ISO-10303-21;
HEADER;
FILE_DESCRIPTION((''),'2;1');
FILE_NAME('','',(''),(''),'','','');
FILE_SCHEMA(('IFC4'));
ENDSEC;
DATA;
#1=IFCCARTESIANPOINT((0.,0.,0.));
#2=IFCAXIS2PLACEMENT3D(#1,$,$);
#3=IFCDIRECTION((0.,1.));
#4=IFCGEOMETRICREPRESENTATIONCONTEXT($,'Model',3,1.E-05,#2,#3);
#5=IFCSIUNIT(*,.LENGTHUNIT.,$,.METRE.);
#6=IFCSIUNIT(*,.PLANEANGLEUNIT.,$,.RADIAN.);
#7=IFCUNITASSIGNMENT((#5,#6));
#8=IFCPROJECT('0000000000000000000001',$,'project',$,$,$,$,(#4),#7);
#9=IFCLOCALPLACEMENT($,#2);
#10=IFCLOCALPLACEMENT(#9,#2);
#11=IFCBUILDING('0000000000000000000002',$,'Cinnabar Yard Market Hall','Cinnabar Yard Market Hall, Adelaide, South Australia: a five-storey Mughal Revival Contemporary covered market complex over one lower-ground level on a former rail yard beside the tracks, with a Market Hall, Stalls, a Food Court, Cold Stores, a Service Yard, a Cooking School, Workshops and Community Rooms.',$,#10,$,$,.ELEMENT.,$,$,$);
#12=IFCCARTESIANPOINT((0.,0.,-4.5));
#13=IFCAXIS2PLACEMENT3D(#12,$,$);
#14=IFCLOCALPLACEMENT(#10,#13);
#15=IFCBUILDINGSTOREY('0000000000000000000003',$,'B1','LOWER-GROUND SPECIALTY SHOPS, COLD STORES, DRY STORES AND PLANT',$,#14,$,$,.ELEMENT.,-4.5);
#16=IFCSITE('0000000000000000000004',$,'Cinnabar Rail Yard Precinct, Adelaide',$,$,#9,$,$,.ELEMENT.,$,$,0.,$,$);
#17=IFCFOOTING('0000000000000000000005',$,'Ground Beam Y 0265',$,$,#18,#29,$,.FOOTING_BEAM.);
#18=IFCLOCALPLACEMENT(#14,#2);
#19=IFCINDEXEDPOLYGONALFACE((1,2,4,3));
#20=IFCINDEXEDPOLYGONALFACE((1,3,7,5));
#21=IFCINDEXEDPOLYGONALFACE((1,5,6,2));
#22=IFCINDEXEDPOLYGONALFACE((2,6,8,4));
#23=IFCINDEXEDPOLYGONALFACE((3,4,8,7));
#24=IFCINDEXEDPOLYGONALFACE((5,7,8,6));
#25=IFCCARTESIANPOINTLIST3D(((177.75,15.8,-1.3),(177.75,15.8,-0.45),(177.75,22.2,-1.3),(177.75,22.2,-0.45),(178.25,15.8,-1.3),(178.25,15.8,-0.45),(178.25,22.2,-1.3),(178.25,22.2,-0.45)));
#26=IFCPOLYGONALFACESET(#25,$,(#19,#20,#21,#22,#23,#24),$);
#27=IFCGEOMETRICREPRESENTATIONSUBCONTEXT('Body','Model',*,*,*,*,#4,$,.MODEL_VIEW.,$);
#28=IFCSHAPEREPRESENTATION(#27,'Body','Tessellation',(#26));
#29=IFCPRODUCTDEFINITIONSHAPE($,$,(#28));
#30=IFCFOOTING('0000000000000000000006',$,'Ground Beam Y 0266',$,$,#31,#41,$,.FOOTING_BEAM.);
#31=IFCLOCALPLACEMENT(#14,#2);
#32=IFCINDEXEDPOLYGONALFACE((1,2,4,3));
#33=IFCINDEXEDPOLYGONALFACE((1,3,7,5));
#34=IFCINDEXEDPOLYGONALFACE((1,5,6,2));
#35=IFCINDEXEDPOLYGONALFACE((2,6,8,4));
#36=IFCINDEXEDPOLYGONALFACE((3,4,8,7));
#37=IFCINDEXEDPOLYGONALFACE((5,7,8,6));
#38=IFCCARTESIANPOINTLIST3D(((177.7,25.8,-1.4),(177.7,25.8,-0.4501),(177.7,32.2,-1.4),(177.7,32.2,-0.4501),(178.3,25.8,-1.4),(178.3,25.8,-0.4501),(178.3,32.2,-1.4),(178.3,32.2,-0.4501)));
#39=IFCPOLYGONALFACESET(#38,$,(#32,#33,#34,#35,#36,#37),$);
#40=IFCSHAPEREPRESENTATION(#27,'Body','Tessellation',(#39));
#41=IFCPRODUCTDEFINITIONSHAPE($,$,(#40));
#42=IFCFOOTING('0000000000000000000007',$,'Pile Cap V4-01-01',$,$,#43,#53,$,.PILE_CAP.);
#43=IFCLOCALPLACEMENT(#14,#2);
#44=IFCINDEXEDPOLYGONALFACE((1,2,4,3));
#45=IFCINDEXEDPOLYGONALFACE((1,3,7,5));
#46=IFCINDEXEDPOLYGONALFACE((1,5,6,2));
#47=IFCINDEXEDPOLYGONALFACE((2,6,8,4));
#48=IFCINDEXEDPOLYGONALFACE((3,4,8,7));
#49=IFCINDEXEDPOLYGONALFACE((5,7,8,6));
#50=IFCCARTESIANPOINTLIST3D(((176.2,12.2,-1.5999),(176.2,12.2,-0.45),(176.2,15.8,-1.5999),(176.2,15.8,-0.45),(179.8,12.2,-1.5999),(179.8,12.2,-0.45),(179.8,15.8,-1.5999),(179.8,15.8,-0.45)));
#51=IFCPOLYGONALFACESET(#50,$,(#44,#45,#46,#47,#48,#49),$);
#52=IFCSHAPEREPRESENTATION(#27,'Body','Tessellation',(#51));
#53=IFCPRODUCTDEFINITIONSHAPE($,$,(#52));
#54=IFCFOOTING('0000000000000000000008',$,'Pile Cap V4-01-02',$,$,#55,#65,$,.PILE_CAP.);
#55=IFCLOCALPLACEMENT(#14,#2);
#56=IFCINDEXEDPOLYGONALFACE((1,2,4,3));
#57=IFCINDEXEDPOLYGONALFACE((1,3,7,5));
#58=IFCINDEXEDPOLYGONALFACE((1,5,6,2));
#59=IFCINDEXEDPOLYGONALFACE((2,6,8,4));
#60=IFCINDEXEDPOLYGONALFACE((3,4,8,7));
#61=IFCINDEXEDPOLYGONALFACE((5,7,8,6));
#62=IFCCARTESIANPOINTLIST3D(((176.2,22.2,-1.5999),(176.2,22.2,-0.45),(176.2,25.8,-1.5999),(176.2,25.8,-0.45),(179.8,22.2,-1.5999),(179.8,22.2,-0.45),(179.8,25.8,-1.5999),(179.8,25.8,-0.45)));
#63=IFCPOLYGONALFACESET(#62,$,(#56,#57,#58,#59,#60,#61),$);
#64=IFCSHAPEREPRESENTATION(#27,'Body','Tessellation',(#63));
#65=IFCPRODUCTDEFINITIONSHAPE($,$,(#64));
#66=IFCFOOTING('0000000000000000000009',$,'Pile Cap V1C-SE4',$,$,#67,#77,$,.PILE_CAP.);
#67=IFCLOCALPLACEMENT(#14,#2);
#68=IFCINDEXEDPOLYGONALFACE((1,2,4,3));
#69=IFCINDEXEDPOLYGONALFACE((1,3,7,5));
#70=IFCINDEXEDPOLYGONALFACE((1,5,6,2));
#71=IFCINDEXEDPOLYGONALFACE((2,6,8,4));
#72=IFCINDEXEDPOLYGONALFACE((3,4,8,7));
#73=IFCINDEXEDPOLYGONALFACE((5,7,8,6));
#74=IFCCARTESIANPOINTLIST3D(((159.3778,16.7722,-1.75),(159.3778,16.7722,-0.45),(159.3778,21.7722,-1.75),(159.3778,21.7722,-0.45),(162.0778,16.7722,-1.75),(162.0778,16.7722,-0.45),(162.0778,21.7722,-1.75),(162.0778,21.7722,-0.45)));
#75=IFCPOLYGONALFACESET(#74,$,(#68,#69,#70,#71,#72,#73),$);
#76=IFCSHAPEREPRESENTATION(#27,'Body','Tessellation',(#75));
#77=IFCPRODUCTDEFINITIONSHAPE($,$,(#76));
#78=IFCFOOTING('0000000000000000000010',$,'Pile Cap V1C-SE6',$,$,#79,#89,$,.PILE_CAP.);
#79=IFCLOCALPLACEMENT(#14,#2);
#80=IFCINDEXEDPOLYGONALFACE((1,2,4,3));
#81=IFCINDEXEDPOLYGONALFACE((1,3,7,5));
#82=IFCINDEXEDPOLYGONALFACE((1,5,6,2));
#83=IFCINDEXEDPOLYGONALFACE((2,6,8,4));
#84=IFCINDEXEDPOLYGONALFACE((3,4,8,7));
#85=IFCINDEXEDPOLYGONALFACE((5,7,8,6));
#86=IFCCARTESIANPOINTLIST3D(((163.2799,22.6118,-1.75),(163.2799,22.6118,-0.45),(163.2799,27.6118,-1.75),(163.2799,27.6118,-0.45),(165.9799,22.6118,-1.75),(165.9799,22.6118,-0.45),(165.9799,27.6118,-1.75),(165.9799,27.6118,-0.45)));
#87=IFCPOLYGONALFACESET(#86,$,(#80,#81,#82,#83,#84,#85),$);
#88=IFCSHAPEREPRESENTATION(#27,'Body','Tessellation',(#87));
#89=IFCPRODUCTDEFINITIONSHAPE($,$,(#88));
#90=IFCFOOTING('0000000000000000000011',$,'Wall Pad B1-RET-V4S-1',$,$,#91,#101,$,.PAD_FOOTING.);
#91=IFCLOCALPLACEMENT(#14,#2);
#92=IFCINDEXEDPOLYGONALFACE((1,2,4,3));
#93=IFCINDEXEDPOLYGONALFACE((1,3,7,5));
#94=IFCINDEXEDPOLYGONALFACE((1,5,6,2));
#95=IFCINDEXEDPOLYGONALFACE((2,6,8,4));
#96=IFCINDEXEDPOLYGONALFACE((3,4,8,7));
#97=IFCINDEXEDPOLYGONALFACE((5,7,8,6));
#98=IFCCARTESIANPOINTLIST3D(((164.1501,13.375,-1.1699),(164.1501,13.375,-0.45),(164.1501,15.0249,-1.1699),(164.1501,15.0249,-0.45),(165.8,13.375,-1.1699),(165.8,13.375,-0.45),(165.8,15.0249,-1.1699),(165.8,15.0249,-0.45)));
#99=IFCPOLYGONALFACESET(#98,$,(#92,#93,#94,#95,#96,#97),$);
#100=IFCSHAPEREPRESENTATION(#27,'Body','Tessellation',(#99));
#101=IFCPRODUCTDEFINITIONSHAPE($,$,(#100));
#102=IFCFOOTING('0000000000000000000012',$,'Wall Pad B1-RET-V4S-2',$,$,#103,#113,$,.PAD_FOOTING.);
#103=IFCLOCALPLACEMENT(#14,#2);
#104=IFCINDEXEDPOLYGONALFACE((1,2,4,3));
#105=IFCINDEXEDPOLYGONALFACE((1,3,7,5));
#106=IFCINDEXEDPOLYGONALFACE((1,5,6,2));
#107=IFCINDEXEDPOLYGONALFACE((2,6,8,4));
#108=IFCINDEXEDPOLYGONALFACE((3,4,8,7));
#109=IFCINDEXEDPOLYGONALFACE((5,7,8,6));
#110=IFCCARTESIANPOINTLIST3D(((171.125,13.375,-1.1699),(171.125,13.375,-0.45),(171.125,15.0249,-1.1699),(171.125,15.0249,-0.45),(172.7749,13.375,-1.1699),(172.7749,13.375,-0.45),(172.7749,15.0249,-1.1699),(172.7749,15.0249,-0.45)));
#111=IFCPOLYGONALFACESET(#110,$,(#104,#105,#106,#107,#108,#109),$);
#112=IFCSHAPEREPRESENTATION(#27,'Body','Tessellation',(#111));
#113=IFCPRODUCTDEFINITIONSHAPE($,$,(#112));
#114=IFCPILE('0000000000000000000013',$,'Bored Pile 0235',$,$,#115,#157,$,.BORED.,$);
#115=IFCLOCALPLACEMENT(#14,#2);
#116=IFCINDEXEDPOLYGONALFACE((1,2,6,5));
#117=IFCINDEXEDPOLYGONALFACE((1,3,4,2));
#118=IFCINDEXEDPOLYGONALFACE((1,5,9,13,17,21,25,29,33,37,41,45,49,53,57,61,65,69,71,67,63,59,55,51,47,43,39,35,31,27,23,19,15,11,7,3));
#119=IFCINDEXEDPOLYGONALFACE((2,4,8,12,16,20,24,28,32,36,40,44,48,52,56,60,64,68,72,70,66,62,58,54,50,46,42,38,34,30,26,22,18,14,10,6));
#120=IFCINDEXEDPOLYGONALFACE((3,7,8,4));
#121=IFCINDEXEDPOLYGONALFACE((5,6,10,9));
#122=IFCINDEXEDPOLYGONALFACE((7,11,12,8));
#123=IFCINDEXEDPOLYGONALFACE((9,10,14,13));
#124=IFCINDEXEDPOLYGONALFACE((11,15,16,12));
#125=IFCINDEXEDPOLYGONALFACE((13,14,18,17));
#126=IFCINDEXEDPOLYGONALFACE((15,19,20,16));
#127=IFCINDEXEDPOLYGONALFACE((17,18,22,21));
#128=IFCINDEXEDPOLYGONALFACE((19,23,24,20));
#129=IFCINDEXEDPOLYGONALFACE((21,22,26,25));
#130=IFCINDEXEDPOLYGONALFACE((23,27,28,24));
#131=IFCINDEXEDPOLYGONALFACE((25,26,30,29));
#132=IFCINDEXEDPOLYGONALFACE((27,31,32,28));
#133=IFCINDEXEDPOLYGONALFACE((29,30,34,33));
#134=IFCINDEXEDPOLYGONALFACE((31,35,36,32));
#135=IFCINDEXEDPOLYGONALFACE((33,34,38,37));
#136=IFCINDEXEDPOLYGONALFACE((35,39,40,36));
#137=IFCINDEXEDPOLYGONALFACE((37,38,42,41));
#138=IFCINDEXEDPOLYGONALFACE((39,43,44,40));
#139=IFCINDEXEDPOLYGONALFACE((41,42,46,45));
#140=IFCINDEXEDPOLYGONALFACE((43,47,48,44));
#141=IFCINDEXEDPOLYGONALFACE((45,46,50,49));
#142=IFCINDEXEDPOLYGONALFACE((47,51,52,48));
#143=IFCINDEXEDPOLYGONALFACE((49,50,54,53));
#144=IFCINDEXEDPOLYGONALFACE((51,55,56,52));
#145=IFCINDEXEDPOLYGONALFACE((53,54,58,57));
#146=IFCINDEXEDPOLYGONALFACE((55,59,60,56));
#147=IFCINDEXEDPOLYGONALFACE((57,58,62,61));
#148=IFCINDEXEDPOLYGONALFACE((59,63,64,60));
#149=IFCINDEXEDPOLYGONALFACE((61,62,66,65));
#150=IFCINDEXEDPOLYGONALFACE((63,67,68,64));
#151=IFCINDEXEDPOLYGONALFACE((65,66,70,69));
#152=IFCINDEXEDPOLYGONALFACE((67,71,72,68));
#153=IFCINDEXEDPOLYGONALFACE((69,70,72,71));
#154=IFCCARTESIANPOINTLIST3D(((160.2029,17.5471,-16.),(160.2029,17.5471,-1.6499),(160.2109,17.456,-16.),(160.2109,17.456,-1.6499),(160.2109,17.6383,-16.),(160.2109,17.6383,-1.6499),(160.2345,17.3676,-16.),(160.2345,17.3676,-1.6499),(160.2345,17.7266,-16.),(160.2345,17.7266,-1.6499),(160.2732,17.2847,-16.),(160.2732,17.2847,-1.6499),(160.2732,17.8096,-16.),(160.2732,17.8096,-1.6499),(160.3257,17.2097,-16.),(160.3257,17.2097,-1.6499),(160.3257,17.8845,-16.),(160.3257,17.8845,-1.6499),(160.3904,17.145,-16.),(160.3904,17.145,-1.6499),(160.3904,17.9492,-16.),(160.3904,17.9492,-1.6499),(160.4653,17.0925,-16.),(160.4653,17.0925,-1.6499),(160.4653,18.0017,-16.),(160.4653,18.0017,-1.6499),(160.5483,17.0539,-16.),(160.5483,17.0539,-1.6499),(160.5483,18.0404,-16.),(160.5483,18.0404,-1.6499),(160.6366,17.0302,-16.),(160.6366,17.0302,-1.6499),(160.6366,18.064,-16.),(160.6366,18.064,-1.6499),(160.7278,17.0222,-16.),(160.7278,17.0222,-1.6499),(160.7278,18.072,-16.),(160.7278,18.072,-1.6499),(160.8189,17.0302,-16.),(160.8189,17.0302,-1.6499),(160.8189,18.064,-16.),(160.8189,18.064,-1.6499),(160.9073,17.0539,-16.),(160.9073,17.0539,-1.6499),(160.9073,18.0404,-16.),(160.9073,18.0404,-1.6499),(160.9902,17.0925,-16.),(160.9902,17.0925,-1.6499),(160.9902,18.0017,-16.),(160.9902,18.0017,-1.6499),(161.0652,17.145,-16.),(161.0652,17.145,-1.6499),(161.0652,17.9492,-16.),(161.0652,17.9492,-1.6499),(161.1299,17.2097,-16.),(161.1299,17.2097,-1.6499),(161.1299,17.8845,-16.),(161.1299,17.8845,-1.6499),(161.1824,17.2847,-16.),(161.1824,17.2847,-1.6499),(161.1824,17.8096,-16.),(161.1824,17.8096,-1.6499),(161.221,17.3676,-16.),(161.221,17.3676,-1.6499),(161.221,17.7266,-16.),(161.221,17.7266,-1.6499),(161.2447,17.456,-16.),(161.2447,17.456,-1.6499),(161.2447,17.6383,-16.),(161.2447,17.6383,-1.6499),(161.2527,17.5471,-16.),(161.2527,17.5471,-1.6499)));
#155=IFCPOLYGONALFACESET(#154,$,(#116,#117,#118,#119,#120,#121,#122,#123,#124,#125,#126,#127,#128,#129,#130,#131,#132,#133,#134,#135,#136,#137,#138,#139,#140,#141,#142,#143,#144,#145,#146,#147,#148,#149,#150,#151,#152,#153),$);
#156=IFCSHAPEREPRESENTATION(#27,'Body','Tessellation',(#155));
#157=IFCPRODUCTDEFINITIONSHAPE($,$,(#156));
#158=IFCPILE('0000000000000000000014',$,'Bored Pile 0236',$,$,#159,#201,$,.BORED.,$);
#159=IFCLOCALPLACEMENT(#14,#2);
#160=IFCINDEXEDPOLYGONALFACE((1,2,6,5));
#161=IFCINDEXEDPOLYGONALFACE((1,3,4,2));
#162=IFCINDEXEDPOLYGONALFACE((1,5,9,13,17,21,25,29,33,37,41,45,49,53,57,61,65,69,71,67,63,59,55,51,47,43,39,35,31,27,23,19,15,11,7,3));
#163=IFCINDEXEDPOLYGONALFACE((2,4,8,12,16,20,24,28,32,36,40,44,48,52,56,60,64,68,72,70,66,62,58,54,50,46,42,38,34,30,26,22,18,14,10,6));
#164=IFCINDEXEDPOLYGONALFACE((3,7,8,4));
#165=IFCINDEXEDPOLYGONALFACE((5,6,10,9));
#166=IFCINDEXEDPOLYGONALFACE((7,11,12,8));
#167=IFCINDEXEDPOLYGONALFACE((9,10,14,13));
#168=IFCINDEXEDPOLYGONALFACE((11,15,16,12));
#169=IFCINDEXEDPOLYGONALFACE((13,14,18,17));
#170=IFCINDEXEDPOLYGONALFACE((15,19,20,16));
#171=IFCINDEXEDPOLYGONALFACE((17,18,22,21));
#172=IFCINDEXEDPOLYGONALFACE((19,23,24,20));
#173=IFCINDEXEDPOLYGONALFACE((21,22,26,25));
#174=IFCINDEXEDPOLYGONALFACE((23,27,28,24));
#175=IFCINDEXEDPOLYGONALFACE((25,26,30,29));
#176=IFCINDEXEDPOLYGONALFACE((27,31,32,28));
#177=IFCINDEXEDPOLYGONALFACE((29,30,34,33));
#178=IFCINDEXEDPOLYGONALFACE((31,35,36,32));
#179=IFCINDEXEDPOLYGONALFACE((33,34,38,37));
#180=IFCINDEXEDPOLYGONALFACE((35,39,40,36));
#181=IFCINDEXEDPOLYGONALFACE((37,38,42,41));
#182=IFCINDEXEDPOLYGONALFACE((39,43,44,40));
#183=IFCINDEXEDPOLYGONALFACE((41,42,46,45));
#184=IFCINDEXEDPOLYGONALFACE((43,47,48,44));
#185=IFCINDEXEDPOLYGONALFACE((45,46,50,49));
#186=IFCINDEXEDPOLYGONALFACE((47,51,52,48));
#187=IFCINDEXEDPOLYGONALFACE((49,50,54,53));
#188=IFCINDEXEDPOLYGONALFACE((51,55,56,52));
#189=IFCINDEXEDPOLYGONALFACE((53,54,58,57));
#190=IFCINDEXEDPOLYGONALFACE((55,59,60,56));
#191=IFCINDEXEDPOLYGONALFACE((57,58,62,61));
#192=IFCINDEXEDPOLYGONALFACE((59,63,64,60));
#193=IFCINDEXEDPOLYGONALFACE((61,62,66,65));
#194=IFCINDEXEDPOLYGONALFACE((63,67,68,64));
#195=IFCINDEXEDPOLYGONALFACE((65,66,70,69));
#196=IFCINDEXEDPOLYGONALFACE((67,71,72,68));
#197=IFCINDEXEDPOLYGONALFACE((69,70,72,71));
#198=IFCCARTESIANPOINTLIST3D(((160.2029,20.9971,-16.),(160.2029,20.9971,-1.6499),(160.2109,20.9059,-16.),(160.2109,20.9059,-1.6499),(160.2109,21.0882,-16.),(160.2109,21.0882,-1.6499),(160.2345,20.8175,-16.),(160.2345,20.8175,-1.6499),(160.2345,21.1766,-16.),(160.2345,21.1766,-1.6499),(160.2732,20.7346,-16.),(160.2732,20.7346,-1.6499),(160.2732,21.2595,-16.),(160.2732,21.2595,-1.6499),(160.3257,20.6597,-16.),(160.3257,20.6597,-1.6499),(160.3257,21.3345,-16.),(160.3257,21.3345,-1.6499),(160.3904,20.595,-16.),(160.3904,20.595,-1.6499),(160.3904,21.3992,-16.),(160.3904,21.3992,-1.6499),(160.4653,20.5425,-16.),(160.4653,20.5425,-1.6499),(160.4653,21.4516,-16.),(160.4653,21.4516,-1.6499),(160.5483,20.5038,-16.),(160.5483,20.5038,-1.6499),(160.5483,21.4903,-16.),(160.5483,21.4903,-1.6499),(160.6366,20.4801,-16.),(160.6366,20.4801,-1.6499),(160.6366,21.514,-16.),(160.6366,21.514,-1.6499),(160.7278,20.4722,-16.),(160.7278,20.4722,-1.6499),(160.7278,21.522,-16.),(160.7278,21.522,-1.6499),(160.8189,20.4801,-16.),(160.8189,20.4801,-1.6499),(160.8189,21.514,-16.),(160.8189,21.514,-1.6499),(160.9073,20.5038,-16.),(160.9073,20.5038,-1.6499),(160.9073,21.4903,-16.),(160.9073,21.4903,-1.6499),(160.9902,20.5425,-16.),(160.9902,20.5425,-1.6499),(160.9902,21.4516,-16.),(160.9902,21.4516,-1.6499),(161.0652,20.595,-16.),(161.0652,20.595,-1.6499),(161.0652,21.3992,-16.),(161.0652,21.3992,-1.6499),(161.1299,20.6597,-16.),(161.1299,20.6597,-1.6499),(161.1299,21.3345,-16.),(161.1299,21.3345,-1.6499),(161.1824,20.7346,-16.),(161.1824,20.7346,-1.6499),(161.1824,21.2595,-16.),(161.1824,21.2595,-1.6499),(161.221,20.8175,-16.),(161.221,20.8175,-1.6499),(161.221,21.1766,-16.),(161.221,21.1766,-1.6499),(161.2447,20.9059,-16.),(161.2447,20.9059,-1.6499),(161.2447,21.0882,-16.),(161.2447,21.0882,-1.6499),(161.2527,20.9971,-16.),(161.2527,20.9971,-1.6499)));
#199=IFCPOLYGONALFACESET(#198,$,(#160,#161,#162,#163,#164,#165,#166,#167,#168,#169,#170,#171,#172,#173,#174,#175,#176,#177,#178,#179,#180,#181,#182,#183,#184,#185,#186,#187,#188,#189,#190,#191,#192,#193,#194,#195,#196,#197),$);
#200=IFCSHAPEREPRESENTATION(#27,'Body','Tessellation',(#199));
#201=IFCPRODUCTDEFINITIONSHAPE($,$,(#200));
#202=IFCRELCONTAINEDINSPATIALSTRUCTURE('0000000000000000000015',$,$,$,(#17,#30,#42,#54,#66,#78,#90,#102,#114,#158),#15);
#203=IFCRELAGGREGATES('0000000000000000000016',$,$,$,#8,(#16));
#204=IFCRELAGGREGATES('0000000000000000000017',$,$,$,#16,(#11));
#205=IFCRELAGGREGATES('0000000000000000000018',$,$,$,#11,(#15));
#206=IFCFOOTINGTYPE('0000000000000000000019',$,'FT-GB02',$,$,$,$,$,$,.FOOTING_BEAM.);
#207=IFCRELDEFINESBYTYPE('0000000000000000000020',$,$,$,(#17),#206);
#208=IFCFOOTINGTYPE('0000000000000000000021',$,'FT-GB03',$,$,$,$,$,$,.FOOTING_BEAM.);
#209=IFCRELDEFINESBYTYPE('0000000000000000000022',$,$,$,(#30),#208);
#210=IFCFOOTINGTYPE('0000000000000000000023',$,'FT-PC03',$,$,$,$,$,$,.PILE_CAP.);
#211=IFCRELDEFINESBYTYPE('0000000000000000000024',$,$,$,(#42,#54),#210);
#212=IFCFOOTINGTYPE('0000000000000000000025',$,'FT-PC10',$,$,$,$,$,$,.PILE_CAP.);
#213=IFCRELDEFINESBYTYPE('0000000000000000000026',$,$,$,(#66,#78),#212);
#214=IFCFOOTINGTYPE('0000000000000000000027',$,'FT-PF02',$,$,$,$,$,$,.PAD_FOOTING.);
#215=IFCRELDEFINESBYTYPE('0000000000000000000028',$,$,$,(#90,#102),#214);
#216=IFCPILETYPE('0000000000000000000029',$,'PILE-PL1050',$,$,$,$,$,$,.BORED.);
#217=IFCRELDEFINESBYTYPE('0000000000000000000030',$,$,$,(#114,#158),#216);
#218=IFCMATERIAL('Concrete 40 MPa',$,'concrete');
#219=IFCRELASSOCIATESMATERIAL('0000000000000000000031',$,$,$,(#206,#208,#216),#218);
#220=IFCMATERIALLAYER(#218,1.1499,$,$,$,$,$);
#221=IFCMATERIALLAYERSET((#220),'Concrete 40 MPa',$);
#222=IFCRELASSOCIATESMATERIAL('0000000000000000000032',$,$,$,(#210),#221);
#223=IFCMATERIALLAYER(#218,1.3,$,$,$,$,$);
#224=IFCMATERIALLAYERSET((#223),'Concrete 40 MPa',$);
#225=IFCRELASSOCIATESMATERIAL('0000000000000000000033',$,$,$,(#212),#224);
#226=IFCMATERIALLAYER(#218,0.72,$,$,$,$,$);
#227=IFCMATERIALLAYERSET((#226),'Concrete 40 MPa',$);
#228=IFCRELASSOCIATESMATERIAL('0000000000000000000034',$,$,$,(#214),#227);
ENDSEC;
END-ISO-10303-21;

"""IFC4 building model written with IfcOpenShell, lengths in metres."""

from ifc_helpers import new_model, si_unit, direction, frame, origin, origin_2d_with_axis, place, context, subcontext, project, spatial, rectangle, circle, extrude, material, layer, layer_set, material_profile, profile_set, type_object, element, save


model = new_model("IFC4")

# Units and contexts
model_context = context("Model", 3, precision=1e-05, world=origin(), true_north=direction((0.0, 1.0)))
body_context = subcontext(model_context, "Body", "Model", "MODEL_VIEW")
ifc_project = project(units=[si_unit("LENGTHUNIT", "METRE"), si_unit("PLANEANGLEUNIT", "RADIAN")], contexts=[model_context])

# Site, building, storey
site_placement = place(None, origin())
site = spatial("IfcSite", under=ifc_project, at=site_placement, Name="Cinnabar Rail Yard Precinct, Adelaide", CompositionType="ELEMENT", RefElevation=0.0)
building_placement = place(site_placement, origin())
building = spatial("IfcBuilding", under=site, at=building_placement, Name="Cinnabar Yard Market Hall", Description="Cinnabar Yard Market Hall, Adelaide, South Australia: a five-storey Mughal Revival Contemporary covered market complex over one lower-ground level on a former rail yard beside the tracks, with a Market Hall, Stalls, a Food Court, Cold Stores, a Service Yard, a Cooking School, Workshops and Community Rooms.", CompositionType="ELEMENT")
storey_placement = place(building_placement, frame((0.0, 0.0, -4.5)))
storey = spatial("IfcBuildingStorey", under=building, at=storey_placement, Name="B1", Description="LOWER-GROUND SPECIALTY SHOPS, COLD STORES, DRY STORES AND PLANT", CompositionType="ELEMENT", Elevation=-4.5)

# Footings
ifc_material_1 = material(Name="Concrete 40 MPa", Category="concrete")
ifc_material_profile_1 = material_profile(ifc_material_1, rectangle(XDim=0.5, YDim=0.8501, at=origin_2d_with_axis()), Name="GB-500x850")
ifc_profile_set_1 = profile_set([ifc_material_profile_1], Name="Concrete 40 MPa")
footing_type_1 = type_object("IfcFootingType", Name="FT-GB02", PredefinedType="FOOTING_BEAM", material=ifc_profile_set_1)
footing_1_placement = place(storey_placement, frame((178.0, 15.8, -0.875), z_axis=(0.0, 1.0, 0.0), x_axis=(-1.0, 0.0, 0.0)))
element("IfcFooting", 1, at=footing_1_placement, inside=storey, type_object=footing_type_1, Name="Ground Beam Y 0265", PredefinedType="FOOTING_BEAM", context=body_context, shape_type="SweptSolid", body=[
    extrude(rectangle(XDim=0.5, YDim=0.8501, at=origin_2d_with_axis()), origin(), (0.0, 0.0, 1.0), 6.3999),
])
ifc_material_profile_2 = material_profile(ifc_material_1, rectangle(XDim=0.6001, YDim=0.95, at=origin_2d_with_axis()), Name="GB-600x950")
ifc_profile_set_2 = profile_set([ifc_material_profile_2], Name="Concrete 40 MPa")
footing_type_2 = type_object("IfcFootingType", Name="FT-GB03", PredefinedType="FOOTING_BEAM", material=ifc_profile_set_2)
footing_2_placement = place(storey_placement, frame((178.0, 25.8, -0.925), z_axis=(0.0, 1.0, 0.0), x_axis=(-1.0, 0.0, 0.0)))
element("IfcFooting", 2, at=footing_2_placement, inside=storey, type_object=footing_type_2, Name="Ground Beam Y 0266", PredefinedType="FOOTING_BEAM", context=body_context, shape_type="SweptSolid", body=[
    extrude(rectangle(XDim=0.6001, YDim=0.95, at=origin_2d_with_axis()), origin(), (0.0, 0.0, 1.0), 6.3999),
])
ifc_layer_1 = layer(ifc_material_1, 1.1499)
ifc_layer_set_1 = layer_set([ifc_layer_1], Name="Concrete 40 MPa")
footing_type_3 = type_object("IfcFootingType", Name="FT-PC03", PredefinedType="PILE_CAP", material=ifc_layer_set_1)
for number, where, z_axis, x_axis, name in (
    (3, (178.0, 14.0, -1.5999), (0.0, 0.0, 1.0), (1.0, 0.0, 0.0), "Pile Cap V4-01-01"),
    (4, (178.0, 24.0, -1.5999), (0.0, 0.0, 1.0), (1.0, 0.0, 0.0), "Pile Cap V4-01-02"),
):
    element("IfcFooting", number, at=place(storey_placement, frame(where, z_axis=z_axis, x_axis=x_axis)), inside=storey, type_object=footing_type_3, Name=name, PredefinedType="PILE_CAP", context=body_context, shape_type="SweptSolid", body=[
        extrude(rectangle(XDim=3.6001, YDim=3.6001, at=origin_2d_with_axis()), origin(), (0.0, 0.0, 1.0), 1.1499),
    ])
ifc_layer_2 = layer(ifc_material_1, 1.3)
ifc_layer_set_2 = layer_set([ifc_layer_2], Name="Concrete 40 MPa")
footing_type_4 = type_object("IfcFootingType", Name="FT-PC10", PredefinedType="PILE_CAP", material=ifc_layer_set_2)
for number, where, z_axis, x_axis, name in (
    (5, (160.7278, 19.2722, -1.75), (0.0, 0.0, 1.0), (1.0, 0.0, 0.0), "Pile Cap V1C-SE4"),
    (6, (164.6299, 25.1118, -1.75), (0.0, 0.0, 1.0), (1.0, 0.0, 0.0), "Pile Cap V1C-SE6"),
):
    element("IfcFooting", number, at=place(storey_placement, frame(where, z_axis=z_axis, x_axis=x_axis)), inside=storey, type_object=footing_type_4, Name=name, PredefinedType="PILE_CAP", context=body_context, shape_type="SweptSolid", body=[
        extrude(rectangle(XDim=2.7, YDim=5.0, at=origin_2d_with_axis()), origin(), (0.0, 0.0, 1.0), 1.3),
    ])
ifc_layer_3 = layer(ifc_material_1, 0.72)
ifc_layer_set_3 = layer_set([ifc_layer_3], Name="Concrete 40 MPa")
footing_type_5 = type_object("IfcFootingType", Name="FT-PF02", PredefinedType="PAD_FOOTING", material=ifc_layer_set_3)
for number, where, z_axis, x_axis, name in (
    (7, (164.9751, 14.2, -1.1699), (0.0, 0.0, 1.0), (1.0, 0.0, 0.0), "Wall Pad B1-RET-V4S-1"),
    (8, (171.95, 14.2, -1.1699), (0.0, 0.0, 1.0), (1.0, 0.0, 0.0), "Wall Pad B1-RET-V4S-2"),
):
    element("IfcFooting", number, at=place(storey_placement, frame(where, z_axis=z_axis, x_axis=x_axis)), inside=storey, type_object=footing_type_5, Name=name, PredefinedType="PAD_FOOTING", context=body_context, shape_type="SweptSolid", body=[
        extrude(rectangle(XDim=1.6499, YDim=1.6499, at=origin_2d_with_axis()), origin(), (0.0, 0.0, 1.0), 0.72),
    ])

# Piles
ifc_material_profile_3 = material_profile(ifc_material_1, circle(Radius=0.5249, at=origin_2d_with_axis()), Name="PILE-D1050")
ifc_profile_set_3 = profile_set([ifc_material_profile_3], Name="Concrete 40 MPa")
pile_type_1 = type_object("IfcPileType", Name="PILE-PL1050", PredefinedType="BORED", material=ifc_profile_set_3)
for number, where, z_axis, x_axis, name in (
    (9, (160.7278, 17.5471, -1.6499), (0.0, 0.0, -1.0), (1.0, 0.0, 0.0), "Bored Pile 0235"),
    (10, (160.7278, 20.9971, -1.6499), (0.0, 0.0, -1.0), (1.0, 0.0, 0.0), "Bored Pile 0236"),
):
    element("IfcPile", number, at=place(storey_placement, frame(where, z_axis=z_axis, x_axis=x_axis)), inside=storey, type_object=pile_type_1, Name=name, PredefinedType="BORED", context=body_context, shape_type="SweptSolid", body=[
        extrude(circle(Radius=0.5249, at=origin_2d_with_axis()), origin(), (0.0, 0.0, 1.0), 14.3501),
    ])

save(model, "model.ifc")
